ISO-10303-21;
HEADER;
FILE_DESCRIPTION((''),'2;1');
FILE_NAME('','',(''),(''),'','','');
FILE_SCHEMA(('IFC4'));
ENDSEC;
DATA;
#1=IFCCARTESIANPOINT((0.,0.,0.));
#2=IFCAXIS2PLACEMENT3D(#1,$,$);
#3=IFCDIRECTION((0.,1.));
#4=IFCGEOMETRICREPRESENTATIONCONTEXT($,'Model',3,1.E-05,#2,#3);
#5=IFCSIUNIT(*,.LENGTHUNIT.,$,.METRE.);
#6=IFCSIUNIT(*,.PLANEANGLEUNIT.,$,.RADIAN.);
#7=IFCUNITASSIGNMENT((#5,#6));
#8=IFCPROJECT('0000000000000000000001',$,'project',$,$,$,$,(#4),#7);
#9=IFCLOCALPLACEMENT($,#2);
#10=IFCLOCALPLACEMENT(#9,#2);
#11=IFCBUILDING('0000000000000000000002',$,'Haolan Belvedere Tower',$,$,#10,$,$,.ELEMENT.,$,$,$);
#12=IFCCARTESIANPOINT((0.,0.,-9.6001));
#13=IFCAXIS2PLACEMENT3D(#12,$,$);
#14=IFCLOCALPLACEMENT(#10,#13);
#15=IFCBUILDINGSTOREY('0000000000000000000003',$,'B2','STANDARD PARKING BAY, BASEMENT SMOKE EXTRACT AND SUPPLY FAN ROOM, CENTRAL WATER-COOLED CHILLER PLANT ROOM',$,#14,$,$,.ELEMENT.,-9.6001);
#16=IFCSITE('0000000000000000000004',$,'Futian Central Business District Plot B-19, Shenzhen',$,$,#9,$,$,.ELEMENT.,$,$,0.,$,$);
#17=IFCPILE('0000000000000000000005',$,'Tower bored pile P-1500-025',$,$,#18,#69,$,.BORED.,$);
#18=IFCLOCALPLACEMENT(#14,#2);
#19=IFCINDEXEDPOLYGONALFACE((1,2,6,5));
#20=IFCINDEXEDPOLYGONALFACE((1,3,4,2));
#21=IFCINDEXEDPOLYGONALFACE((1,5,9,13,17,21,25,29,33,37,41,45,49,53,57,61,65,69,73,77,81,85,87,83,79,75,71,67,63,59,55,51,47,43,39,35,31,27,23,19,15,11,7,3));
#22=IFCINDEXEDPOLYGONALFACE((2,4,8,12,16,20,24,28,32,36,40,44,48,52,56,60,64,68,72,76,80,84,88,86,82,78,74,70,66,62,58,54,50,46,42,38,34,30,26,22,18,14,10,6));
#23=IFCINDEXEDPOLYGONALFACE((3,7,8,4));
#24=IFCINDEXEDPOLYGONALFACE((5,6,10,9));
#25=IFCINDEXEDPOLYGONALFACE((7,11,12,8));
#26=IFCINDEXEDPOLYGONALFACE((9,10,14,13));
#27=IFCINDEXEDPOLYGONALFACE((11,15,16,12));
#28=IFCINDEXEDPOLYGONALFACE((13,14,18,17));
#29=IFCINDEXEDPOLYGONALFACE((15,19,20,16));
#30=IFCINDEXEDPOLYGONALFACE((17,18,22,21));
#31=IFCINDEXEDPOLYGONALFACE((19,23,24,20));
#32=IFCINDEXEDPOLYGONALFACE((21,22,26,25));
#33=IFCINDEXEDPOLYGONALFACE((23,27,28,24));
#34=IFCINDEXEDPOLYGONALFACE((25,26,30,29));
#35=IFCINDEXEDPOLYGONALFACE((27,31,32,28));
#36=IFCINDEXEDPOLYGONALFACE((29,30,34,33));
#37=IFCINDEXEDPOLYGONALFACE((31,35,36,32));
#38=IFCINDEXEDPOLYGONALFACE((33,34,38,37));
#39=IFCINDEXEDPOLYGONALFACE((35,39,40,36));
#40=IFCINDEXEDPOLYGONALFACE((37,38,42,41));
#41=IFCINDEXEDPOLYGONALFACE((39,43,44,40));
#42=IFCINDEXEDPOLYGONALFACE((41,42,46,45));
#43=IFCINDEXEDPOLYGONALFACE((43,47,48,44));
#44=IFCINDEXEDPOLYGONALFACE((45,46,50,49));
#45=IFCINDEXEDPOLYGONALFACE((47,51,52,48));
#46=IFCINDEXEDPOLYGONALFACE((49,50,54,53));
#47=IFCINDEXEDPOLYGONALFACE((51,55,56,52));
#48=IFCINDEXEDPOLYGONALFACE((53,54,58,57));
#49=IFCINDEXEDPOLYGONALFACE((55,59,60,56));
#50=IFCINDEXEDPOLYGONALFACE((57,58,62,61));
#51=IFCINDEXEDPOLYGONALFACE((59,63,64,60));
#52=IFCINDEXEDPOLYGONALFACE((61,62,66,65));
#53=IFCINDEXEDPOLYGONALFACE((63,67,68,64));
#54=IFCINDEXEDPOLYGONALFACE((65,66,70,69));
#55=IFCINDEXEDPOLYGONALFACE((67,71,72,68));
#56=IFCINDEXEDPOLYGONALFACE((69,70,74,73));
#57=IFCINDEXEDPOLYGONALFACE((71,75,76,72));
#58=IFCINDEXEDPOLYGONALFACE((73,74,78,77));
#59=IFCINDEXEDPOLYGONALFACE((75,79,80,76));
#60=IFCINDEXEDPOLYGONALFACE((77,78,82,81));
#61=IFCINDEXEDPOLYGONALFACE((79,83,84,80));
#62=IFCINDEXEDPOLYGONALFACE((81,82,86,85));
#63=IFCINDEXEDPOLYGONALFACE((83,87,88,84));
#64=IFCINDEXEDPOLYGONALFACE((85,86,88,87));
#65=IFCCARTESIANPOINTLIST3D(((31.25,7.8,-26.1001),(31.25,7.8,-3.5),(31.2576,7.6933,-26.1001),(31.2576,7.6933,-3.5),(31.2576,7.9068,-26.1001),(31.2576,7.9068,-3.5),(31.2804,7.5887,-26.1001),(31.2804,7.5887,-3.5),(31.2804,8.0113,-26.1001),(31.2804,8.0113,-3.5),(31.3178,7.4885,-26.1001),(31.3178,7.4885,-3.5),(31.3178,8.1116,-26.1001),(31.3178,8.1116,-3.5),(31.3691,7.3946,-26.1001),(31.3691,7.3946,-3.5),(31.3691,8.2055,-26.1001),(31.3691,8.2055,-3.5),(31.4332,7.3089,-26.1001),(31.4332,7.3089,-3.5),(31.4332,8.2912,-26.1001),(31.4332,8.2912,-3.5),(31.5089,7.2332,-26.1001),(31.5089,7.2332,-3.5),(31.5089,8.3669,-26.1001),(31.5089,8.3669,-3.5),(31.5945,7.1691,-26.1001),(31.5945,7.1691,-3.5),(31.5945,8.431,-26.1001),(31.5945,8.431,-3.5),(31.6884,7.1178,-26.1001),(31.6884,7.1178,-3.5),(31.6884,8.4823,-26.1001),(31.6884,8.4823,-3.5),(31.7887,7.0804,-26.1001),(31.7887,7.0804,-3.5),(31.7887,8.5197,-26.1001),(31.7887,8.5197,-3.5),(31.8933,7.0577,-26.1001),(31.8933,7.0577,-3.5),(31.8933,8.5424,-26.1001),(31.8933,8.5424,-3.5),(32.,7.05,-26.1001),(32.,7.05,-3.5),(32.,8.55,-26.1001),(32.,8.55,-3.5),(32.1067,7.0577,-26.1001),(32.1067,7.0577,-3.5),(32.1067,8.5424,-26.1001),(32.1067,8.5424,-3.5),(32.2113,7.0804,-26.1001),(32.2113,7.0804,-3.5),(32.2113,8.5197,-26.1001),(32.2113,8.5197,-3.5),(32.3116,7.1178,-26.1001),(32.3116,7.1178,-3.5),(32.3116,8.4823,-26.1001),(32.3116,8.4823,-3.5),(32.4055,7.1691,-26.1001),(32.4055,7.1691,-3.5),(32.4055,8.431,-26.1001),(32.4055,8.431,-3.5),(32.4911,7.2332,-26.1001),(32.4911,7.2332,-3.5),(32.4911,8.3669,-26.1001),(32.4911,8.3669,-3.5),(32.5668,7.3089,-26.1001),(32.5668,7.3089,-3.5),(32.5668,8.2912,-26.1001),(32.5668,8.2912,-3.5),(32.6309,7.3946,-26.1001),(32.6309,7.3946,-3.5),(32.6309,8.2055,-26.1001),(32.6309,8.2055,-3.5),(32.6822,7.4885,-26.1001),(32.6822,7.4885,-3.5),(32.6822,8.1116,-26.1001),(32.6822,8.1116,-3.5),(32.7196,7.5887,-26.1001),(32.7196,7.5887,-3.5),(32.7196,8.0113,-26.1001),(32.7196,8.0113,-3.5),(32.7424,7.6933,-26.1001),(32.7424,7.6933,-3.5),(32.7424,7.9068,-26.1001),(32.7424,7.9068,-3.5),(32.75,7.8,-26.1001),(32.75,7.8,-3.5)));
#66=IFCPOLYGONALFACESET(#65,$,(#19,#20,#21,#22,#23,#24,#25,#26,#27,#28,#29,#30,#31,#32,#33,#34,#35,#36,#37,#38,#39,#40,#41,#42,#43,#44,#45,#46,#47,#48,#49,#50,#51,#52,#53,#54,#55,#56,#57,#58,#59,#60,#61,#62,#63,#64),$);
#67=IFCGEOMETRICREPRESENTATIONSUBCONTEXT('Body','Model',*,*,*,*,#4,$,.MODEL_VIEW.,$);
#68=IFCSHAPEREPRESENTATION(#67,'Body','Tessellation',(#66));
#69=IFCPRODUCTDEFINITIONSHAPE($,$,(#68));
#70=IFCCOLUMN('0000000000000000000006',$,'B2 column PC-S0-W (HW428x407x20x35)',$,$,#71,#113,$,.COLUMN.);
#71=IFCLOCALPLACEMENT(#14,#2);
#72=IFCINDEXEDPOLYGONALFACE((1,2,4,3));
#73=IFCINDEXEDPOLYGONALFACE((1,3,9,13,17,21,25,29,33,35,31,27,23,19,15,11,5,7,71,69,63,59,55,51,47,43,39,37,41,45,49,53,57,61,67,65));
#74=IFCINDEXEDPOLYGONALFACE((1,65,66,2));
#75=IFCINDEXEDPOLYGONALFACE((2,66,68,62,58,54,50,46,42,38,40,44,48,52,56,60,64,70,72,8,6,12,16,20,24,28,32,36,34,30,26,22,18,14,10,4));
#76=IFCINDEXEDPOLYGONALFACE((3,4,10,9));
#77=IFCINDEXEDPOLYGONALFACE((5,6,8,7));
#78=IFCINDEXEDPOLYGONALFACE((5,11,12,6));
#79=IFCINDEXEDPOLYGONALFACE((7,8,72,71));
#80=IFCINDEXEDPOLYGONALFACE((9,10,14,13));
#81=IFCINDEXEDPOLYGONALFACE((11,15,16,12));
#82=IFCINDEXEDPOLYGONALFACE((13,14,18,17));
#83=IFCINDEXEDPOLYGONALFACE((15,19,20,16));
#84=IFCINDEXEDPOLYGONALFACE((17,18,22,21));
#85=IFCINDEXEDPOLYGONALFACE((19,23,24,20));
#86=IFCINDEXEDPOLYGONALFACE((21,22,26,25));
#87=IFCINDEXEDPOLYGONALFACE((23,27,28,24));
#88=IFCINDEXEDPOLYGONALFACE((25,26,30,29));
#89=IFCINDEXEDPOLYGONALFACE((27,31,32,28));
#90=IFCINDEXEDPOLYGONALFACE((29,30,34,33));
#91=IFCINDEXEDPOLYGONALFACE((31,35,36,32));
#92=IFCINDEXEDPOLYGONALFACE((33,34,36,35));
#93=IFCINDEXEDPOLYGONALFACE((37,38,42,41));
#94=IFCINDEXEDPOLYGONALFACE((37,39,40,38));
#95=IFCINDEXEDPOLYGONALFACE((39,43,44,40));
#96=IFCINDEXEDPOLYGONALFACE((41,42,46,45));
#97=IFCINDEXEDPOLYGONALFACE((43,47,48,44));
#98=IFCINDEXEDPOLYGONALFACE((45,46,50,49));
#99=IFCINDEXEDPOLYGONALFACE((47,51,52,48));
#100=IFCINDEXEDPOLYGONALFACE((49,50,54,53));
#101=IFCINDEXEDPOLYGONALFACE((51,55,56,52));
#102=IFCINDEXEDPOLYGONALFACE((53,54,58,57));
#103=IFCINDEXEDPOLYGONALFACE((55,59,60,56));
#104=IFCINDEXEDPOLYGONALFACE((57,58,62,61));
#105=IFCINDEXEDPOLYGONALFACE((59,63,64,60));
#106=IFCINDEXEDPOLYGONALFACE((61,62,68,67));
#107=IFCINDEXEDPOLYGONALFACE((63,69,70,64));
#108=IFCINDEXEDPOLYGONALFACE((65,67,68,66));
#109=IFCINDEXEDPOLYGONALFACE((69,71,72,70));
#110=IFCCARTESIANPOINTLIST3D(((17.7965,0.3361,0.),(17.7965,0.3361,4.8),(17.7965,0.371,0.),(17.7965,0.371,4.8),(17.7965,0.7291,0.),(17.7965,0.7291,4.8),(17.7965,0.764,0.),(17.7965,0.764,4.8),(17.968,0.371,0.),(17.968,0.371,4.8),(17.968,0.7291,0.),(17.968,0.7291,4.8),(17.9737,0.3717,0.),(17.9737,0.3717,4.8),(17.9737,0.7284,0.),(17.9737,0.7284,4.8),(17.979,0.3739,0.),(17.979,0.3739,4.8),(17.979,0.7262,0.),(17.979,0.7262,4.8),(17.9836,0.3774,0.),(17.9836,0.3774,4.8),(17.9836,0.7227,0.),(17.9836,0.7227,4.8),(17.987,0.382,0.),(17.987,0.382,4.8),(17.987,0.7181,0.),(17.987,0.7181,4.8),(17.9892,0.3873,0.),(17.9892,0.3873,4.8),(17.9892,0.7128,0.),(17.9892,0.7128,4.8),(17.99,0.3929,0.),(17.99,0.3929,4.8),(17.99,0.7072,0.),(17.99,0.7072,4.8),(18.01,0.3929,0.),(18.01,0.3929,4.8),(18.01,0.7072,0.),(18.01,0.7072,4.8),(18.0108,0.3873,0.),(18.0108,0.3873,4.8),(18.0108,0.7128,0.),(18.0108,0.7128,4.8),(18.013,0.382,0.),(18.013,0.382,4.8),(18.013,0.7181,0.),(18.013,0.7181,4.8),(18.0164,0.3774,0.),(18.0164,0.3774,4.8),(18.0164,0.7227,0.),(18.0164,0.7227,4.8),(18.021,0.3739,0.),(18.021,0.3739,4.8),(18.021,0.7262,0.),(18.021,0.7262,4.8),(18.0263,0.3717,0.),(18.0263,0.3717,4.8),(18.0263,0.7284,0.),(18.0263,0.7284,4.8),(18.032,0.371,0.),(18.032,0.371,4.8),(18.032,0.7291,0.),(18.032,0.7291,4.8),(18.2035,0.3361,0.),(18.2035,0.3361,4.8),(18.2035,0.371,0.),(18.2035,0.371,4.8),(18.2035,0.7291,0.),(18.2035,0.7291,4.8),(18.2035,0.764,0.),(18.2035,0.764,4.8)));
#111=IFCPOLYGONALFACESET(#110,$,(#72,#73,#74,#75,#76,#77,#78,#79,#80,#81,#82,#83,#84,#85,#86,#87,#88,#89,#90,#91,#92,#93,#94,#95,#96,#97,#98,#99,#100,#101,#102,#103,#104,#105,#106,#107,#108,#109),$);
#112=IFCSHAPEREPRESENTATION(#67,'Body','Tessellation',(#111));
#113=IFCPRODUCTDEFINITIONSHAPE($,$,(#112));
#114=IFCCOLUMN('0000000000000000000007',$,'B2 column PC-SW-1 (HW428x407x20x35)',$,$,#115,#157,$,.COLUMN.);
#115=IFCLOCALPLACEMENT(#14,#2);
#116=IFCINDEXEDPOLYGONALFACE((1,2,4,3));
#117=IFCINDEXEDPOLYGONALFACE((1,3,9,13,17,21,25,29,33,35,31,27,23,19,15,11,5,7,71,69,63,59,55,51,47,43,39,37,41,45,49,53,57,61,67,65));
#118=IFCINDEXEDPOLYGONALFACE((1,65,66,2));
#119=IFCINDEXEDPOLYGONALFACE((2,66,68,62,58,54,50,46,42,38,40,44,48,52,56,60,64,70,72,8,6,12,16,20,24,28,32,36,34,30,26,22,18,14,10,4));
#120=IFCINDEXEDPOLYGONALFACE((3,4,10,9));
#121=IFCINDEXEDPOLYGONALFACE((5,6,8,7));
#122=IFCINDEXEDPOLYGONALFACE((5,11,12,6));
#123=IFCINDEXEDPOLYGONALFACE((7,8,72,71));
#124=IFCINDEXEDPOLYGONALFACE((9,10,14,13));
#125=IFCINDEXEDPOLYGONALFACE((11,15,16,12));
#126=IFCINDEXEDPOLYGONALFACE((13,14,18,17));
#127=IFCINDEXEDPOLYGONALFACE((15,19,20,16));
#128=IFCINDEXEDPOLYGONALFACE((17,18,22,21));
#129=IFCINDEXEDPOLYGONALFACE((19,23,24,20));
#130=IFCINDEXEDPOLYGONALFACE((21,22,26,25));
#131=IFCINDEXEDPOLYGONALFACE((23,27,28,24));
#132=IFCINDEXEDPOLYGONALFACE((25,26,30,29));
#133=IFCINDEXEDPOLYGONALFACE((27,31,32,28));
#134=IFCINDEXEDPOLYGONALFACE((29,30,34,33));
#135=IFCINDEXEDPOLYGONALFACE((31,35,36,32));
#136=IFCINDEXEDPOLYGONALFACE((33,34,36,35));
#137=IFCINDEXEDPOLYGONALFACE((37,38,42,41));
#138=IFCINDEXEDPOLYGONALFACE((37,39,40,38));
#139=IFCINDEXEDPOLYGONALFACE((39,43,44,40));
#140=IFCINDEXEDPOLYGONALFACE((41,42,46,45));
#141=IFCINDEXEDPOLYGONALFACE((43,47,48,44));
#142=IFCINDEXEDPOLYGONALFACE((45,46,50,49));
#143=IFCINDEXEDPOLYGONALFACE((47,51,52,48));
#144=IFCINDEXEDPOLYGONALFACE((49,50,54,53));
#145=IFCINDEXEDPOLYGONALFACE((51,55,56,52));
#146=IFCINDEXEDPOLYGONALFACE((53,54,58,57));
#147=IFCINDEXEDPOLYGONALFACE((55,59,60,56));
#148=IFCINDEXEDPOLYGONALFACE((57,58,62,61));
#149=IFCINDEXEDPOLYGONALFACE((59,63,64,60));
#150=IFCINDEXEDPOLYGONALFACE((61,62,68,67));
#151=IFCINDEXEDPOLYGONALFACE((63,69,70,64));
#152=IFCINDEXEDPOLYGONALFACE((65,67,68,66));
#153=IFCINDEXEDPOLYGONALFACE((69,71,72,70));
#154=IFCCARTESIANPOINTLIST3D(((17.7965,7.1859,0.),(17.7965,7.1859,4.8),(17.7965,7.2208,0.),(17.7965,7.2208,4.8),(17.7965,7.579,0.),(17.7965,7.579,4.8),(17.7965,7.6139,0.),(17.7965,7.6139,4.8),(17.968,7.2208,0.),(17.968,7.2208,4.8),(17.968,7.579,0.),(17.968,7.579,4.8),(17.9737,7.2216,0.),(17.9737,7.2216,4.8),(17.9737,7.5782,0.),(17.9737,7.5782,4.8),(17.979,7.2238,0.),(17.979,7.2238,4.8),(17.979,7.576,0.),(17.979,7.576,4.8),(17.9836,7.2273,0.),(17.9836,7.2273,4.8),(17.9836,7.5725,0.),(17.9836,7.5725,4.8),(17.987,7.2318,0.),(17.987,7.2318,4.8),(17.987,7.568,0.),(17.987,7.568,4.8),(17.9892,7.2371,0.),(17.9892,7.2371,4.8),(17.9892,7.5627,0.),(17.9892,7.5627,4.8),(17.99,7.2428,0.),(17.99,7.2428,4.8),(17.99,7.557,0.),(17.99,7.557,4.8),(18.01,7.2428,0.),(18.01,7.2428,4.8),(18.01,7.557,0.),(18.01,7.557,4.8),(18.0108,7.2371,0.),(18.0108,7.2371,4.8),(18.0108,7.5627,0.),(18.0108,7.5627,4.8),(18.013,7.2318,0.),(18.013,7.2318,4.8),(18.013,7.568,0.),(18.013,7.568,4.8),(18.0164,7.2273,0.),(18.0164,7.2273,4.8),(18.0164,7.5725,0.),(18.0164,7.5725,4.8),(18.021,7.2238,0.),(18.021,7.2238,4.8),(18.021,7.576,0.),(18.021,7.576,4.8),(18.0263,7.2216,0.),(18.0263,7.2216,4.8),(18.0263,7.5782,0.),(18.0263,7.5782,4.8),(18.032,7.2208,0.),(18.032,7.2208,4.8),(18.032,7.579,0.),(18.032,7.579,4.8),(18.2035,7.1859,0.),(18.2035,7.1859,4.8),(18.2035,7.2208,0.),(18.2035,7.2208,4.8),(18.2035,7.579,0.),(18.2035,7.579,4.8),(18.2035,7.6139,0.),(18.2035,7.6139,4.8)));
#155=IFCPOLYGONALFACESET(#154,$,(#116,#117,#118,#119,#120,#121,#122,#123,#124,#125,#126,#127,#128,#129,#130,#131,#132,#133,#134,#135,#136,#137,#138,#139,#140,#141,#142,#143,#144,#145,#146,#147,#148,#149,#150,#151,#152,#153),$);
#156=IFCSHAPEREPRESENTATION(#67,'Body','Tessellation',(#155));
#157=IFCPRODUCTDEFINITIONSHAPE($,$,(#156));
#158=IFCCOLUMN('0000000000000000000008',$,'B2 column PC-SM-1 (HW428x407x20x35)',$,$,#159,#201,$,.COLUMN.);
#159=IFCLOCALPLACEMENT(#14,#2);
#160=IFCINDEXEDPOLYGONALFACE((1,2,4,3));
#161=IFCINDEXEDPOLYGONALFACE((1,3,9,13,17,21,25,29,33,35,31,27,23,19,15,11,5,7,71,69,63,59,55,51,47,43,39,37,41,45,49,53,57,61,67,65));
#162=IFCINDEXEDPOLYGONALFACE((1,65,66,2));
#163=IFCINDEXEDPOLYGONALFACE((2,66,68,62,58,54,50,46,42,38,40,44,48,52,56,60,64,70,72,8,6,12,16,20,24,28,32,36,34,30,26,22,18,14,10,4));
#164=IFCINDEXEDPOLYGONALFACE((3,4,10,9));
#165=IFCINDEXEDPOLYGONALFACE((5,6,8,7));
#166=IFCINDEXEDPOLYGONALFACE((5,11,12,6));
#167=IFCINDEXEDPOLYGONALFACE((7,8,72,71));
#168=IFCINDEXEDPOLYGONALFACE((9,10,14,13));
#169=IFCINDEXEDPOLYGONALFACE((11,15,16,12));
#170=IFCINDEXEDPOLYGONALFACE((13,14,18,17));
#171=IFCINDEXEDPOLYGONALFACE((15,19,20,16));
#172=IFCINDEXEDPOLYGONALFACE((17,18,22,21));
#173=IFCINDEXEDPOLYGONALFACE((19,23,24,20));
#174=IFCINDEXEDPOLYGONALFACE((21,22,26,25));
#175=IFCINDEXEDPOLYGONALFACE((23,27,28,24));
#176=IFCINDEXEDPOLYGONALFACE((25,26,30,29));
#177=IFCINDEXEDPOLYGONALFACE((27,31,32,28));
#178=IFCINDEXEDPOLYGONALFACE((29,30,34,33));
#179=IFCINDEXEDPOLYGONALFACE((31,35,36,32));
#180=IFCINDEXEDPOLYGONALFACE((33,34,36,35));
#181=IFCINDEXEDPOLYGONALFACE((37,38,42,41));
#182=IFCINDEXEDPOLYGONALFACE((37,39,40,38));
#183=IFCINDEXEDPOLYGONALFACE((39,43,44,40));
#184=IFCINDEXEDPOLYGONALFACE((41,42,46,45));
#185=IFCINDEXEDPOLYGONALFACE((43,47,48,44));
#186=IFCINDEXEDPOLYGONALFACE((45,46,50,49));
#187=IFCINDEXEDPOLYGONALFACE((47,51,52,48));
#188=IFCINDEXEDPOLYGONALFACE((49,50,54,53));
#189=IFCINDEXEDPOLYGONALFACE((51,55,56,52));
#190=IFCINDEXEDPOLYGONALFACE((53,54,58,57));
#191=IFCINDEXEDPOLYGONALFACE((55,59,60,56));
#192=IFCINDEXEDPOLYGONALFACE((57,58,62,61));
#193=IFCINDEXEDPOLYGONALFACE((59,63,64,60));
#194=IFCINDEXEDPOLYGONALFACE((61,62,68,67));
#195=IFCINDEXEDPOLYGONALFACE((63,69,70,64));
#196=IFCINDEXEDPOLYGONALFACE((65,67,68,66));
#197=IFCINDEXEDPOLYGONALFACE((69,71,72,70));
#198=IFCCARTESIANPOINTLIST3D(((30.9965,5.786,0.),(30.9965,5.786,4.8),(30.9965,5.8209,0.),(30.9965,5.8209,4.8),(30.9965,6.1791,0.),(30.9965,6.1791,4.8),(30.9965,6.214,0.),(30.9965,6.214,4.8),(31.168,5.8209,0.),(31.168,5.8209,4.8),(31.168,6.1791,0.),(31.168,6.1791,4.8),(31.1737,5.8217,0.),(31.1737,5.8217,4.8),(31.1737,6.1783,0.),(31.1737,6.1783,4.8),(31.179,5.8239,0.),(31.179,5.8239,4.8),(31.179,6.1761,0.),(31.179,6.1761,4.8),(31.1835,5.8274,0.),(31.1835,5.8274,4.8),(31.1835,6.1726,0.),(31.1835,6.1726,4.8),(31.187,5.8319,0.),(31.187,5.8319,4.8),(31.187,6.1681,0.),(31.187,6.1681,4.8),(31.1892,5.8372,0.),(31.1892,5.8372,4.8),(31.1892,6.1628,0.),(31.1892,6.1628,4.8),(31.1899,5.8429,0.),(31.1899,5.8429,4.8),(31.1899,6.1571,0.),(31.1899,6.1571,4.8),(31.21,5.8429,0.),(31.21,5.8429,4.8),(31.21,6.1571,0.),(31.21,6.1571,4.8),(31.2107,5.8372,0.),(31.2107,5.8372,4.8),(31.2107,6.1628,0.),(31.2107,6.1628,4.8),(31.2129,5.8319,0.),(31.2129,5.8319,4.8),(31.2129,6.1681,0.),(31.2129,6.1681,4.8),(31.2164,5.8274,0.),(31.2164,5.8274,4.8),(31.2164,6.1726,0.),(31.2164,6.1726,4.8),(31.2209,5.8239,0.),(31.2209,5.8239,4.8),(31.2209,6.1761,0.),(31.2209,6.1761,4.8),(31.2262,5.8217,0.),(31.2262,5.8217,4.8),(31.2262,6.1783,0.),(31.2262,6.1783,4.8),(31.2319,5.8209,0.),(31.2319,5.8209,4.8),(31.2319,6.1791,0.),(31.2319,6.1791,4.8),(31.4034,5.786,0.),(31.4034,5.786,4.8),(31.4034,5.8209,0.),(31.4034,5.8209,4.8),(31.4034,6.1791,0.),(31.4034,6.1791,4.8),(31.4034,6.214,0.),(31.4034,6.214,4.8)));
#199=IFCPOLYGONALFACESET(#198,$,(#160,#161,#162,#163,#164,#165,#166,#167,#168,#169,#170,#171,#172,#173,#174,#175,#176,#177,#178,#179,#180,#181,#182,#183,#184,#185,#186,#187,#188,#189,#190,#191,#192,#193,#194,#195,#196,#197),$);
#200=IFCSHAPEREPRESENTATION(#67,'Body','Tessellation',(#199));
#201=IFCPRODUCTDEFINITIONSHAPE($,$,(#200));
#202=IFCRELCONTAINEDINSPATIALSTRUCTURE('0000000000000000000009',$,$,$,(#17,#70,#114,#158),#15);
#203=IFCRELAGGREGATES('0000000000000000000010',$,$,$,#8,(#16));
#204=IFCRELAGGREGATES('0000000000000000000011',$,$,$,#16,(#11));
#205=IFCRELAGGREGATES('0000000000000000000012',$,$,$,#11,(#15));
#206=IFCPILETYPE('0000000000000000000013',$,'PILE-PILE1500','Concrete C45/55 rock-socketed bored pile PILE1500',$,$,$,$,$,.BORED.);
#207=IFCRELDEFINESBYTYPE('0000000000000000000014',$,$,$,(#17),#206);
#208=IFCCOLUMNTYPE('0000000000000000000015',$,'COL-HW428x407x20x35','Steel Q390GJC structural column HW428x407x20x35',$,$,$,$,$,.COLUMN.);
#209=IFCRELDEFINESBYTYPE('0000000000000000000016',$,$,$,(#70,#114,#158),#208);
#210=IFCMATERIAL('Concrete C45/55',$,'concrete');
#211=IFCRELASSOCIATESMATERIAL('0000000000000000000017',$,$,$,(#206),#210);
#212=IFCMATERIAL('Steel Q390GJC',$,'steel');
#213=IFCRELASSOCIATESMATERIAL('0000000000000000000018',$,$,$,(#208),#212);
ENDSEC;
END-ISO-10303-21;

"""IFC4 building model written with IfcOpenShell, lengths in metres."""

from ifc_helpers import new_model, si_unit, direction, frame, origin, origin_2d, place, context, subcontext, project, spatial, circle, i_section, extrude, material, material_profile, profile_set, type_object, element, save


model = new_model("IFC4")

# Units and contexts
model_context = context("Model", 3, precision=1e-05, world=origin(), true_north=direction((0.0, 1.0)))
body_context = subcontext(model_context, "Body", "Model", "MODEL_VIEW")
ifc_project = project(units=[si_unit("LENGTHUNIT", "METRE"), si_unit("PLANEANGLEUNIT", "RADIAN")], contexts=[model_context])

# Site, building, storey
site_placement = place(None, origin())
site = spatial("IfcSite", under=ifc_project, at=site_placement, Name="Futian Central Business District Plot B-19, Shenzhen", CompositionType="ELEMENT", RefElevation=0.0)
building_placement = place(site_placement, origin())
building = spatial("IfcBuilding", under=site, at=building_placement, Name="Haolan Belvedere Tower", CompositionType="ELEMENT")
storey_placement = place(building_placement, frame((0.0, 0.0, -9.6001)))
storey = spatial("IfcBuildingStorey", under=building, at=storey_placement, Name="B2", Description="STANDARD PARKING BAY, BASEMENT SMOKE EXTRACT AND SUPPLY FAN ROOM, CENTRAL WATER-COOLED CHILLER PLANT ROOM", CompositionType="ELEMENT", Elevation=-9.6001)

# Pile
ifc_material_1 = material(Name="Concrete C45/55", Category="concrete")
ifc_material_profile_1 = material_profile(ifc_material_1, circle(Radius=0.75, at=origin_2d()), Name="Concrete C45/55")
ifc_profile_set_1 = profile_set([ifc_material_profile_1], Name="Concrete C45/55")
pile_type_1 = type_object("IfcPileType", Name="PILE-PILE1500", Description="Concrete C45/55 rock-socketed bored pile PILE1500", PredefinedType="BORED", material=ifc_profile_set_1)
for number, where, z_axis, x_axis, name in (
    (1, (32.0, 7.8, -3.5), (0.0, 0.0, -1.0), (1.0, 0.0, 0.0), "Tower bored pile P-1500-025"),
):
    element("IfcPile", number, at=place(storey_placement, frame(where, z_axis=z_axis, x_axis=x_axis)), inside=storey, type_object=pile_type_1, Name=name, PredefinedType="BORED", context=body_context, shape_type="SweptSolid", body=[
        extrude(circle(Radius=0.75, at=origin_2d()), origin(), (0.0, 0.0, 1.0), 22.6001),
    ])

# Columns
ifc_material_2 = material(Name="Steel Q390GJC", Category="steel")
ifc_material_profile_2 = material_profile(ifc_material_2, i_section(OverallWidth=0.407, OverallDepth=0.428, WebThickness=0.02, FlangeThickness=0.0349, FilletRadius=0.022, at=origin_2d()), Name="Steel Q390GJC")
ifc_profile_set_2 = profile_set([ifc_material_profile_2], Name="Steel Q390GJC")
column_type = type_object("IfcColumnType", Name="COL-HW428x407x20x35", Description="Steel Q390GJC structural column HW428x407x20x35", PredefinedType="COLUMN", material=ifc_profile_set_2)
for number, where, z_axis, x_axis, name in (
    (2, (18.0, 0.55, 0.0), (0.0, 0.0, 1.0), (1.0, 0.0, 0.0), "B2 column PC-S0-W (HW428x407x20x35)"),
    (3, (18.0, 7.3999, 0.0), (0.0, 0.0, 1.0), (1.0, 0.0, 0.0), "B2 column PC-SW-1 (HW428x407x20x35)"),
    (4, (31.2, 6.0, 0.0), (0.0, 0.0, 1.0), (1.0, 0.0, 0.0), "B2 column PC-SM-1 (HW428x407x20x35)"),
):
    element("IfcColumn", number, at=place(storey_placement, frame(where, z_axis=z_axis, x_axis=x_axis)), inside=storey, type_object=column_type, Name=name, PredefinedType="COLUMN", context=body_context, shape_type="SweptSolid", body=[
        extrude(i_section(OverallWidth=0.407, OverallDepth=0.428, WebThickness=0.02, FlangeThickness=0.0349, FilletRadius=0.022, at=origin_2d()), origin(), (0.0, 0.0, 1.0), 4.8),
    ])

save(model, "model.ifc")
